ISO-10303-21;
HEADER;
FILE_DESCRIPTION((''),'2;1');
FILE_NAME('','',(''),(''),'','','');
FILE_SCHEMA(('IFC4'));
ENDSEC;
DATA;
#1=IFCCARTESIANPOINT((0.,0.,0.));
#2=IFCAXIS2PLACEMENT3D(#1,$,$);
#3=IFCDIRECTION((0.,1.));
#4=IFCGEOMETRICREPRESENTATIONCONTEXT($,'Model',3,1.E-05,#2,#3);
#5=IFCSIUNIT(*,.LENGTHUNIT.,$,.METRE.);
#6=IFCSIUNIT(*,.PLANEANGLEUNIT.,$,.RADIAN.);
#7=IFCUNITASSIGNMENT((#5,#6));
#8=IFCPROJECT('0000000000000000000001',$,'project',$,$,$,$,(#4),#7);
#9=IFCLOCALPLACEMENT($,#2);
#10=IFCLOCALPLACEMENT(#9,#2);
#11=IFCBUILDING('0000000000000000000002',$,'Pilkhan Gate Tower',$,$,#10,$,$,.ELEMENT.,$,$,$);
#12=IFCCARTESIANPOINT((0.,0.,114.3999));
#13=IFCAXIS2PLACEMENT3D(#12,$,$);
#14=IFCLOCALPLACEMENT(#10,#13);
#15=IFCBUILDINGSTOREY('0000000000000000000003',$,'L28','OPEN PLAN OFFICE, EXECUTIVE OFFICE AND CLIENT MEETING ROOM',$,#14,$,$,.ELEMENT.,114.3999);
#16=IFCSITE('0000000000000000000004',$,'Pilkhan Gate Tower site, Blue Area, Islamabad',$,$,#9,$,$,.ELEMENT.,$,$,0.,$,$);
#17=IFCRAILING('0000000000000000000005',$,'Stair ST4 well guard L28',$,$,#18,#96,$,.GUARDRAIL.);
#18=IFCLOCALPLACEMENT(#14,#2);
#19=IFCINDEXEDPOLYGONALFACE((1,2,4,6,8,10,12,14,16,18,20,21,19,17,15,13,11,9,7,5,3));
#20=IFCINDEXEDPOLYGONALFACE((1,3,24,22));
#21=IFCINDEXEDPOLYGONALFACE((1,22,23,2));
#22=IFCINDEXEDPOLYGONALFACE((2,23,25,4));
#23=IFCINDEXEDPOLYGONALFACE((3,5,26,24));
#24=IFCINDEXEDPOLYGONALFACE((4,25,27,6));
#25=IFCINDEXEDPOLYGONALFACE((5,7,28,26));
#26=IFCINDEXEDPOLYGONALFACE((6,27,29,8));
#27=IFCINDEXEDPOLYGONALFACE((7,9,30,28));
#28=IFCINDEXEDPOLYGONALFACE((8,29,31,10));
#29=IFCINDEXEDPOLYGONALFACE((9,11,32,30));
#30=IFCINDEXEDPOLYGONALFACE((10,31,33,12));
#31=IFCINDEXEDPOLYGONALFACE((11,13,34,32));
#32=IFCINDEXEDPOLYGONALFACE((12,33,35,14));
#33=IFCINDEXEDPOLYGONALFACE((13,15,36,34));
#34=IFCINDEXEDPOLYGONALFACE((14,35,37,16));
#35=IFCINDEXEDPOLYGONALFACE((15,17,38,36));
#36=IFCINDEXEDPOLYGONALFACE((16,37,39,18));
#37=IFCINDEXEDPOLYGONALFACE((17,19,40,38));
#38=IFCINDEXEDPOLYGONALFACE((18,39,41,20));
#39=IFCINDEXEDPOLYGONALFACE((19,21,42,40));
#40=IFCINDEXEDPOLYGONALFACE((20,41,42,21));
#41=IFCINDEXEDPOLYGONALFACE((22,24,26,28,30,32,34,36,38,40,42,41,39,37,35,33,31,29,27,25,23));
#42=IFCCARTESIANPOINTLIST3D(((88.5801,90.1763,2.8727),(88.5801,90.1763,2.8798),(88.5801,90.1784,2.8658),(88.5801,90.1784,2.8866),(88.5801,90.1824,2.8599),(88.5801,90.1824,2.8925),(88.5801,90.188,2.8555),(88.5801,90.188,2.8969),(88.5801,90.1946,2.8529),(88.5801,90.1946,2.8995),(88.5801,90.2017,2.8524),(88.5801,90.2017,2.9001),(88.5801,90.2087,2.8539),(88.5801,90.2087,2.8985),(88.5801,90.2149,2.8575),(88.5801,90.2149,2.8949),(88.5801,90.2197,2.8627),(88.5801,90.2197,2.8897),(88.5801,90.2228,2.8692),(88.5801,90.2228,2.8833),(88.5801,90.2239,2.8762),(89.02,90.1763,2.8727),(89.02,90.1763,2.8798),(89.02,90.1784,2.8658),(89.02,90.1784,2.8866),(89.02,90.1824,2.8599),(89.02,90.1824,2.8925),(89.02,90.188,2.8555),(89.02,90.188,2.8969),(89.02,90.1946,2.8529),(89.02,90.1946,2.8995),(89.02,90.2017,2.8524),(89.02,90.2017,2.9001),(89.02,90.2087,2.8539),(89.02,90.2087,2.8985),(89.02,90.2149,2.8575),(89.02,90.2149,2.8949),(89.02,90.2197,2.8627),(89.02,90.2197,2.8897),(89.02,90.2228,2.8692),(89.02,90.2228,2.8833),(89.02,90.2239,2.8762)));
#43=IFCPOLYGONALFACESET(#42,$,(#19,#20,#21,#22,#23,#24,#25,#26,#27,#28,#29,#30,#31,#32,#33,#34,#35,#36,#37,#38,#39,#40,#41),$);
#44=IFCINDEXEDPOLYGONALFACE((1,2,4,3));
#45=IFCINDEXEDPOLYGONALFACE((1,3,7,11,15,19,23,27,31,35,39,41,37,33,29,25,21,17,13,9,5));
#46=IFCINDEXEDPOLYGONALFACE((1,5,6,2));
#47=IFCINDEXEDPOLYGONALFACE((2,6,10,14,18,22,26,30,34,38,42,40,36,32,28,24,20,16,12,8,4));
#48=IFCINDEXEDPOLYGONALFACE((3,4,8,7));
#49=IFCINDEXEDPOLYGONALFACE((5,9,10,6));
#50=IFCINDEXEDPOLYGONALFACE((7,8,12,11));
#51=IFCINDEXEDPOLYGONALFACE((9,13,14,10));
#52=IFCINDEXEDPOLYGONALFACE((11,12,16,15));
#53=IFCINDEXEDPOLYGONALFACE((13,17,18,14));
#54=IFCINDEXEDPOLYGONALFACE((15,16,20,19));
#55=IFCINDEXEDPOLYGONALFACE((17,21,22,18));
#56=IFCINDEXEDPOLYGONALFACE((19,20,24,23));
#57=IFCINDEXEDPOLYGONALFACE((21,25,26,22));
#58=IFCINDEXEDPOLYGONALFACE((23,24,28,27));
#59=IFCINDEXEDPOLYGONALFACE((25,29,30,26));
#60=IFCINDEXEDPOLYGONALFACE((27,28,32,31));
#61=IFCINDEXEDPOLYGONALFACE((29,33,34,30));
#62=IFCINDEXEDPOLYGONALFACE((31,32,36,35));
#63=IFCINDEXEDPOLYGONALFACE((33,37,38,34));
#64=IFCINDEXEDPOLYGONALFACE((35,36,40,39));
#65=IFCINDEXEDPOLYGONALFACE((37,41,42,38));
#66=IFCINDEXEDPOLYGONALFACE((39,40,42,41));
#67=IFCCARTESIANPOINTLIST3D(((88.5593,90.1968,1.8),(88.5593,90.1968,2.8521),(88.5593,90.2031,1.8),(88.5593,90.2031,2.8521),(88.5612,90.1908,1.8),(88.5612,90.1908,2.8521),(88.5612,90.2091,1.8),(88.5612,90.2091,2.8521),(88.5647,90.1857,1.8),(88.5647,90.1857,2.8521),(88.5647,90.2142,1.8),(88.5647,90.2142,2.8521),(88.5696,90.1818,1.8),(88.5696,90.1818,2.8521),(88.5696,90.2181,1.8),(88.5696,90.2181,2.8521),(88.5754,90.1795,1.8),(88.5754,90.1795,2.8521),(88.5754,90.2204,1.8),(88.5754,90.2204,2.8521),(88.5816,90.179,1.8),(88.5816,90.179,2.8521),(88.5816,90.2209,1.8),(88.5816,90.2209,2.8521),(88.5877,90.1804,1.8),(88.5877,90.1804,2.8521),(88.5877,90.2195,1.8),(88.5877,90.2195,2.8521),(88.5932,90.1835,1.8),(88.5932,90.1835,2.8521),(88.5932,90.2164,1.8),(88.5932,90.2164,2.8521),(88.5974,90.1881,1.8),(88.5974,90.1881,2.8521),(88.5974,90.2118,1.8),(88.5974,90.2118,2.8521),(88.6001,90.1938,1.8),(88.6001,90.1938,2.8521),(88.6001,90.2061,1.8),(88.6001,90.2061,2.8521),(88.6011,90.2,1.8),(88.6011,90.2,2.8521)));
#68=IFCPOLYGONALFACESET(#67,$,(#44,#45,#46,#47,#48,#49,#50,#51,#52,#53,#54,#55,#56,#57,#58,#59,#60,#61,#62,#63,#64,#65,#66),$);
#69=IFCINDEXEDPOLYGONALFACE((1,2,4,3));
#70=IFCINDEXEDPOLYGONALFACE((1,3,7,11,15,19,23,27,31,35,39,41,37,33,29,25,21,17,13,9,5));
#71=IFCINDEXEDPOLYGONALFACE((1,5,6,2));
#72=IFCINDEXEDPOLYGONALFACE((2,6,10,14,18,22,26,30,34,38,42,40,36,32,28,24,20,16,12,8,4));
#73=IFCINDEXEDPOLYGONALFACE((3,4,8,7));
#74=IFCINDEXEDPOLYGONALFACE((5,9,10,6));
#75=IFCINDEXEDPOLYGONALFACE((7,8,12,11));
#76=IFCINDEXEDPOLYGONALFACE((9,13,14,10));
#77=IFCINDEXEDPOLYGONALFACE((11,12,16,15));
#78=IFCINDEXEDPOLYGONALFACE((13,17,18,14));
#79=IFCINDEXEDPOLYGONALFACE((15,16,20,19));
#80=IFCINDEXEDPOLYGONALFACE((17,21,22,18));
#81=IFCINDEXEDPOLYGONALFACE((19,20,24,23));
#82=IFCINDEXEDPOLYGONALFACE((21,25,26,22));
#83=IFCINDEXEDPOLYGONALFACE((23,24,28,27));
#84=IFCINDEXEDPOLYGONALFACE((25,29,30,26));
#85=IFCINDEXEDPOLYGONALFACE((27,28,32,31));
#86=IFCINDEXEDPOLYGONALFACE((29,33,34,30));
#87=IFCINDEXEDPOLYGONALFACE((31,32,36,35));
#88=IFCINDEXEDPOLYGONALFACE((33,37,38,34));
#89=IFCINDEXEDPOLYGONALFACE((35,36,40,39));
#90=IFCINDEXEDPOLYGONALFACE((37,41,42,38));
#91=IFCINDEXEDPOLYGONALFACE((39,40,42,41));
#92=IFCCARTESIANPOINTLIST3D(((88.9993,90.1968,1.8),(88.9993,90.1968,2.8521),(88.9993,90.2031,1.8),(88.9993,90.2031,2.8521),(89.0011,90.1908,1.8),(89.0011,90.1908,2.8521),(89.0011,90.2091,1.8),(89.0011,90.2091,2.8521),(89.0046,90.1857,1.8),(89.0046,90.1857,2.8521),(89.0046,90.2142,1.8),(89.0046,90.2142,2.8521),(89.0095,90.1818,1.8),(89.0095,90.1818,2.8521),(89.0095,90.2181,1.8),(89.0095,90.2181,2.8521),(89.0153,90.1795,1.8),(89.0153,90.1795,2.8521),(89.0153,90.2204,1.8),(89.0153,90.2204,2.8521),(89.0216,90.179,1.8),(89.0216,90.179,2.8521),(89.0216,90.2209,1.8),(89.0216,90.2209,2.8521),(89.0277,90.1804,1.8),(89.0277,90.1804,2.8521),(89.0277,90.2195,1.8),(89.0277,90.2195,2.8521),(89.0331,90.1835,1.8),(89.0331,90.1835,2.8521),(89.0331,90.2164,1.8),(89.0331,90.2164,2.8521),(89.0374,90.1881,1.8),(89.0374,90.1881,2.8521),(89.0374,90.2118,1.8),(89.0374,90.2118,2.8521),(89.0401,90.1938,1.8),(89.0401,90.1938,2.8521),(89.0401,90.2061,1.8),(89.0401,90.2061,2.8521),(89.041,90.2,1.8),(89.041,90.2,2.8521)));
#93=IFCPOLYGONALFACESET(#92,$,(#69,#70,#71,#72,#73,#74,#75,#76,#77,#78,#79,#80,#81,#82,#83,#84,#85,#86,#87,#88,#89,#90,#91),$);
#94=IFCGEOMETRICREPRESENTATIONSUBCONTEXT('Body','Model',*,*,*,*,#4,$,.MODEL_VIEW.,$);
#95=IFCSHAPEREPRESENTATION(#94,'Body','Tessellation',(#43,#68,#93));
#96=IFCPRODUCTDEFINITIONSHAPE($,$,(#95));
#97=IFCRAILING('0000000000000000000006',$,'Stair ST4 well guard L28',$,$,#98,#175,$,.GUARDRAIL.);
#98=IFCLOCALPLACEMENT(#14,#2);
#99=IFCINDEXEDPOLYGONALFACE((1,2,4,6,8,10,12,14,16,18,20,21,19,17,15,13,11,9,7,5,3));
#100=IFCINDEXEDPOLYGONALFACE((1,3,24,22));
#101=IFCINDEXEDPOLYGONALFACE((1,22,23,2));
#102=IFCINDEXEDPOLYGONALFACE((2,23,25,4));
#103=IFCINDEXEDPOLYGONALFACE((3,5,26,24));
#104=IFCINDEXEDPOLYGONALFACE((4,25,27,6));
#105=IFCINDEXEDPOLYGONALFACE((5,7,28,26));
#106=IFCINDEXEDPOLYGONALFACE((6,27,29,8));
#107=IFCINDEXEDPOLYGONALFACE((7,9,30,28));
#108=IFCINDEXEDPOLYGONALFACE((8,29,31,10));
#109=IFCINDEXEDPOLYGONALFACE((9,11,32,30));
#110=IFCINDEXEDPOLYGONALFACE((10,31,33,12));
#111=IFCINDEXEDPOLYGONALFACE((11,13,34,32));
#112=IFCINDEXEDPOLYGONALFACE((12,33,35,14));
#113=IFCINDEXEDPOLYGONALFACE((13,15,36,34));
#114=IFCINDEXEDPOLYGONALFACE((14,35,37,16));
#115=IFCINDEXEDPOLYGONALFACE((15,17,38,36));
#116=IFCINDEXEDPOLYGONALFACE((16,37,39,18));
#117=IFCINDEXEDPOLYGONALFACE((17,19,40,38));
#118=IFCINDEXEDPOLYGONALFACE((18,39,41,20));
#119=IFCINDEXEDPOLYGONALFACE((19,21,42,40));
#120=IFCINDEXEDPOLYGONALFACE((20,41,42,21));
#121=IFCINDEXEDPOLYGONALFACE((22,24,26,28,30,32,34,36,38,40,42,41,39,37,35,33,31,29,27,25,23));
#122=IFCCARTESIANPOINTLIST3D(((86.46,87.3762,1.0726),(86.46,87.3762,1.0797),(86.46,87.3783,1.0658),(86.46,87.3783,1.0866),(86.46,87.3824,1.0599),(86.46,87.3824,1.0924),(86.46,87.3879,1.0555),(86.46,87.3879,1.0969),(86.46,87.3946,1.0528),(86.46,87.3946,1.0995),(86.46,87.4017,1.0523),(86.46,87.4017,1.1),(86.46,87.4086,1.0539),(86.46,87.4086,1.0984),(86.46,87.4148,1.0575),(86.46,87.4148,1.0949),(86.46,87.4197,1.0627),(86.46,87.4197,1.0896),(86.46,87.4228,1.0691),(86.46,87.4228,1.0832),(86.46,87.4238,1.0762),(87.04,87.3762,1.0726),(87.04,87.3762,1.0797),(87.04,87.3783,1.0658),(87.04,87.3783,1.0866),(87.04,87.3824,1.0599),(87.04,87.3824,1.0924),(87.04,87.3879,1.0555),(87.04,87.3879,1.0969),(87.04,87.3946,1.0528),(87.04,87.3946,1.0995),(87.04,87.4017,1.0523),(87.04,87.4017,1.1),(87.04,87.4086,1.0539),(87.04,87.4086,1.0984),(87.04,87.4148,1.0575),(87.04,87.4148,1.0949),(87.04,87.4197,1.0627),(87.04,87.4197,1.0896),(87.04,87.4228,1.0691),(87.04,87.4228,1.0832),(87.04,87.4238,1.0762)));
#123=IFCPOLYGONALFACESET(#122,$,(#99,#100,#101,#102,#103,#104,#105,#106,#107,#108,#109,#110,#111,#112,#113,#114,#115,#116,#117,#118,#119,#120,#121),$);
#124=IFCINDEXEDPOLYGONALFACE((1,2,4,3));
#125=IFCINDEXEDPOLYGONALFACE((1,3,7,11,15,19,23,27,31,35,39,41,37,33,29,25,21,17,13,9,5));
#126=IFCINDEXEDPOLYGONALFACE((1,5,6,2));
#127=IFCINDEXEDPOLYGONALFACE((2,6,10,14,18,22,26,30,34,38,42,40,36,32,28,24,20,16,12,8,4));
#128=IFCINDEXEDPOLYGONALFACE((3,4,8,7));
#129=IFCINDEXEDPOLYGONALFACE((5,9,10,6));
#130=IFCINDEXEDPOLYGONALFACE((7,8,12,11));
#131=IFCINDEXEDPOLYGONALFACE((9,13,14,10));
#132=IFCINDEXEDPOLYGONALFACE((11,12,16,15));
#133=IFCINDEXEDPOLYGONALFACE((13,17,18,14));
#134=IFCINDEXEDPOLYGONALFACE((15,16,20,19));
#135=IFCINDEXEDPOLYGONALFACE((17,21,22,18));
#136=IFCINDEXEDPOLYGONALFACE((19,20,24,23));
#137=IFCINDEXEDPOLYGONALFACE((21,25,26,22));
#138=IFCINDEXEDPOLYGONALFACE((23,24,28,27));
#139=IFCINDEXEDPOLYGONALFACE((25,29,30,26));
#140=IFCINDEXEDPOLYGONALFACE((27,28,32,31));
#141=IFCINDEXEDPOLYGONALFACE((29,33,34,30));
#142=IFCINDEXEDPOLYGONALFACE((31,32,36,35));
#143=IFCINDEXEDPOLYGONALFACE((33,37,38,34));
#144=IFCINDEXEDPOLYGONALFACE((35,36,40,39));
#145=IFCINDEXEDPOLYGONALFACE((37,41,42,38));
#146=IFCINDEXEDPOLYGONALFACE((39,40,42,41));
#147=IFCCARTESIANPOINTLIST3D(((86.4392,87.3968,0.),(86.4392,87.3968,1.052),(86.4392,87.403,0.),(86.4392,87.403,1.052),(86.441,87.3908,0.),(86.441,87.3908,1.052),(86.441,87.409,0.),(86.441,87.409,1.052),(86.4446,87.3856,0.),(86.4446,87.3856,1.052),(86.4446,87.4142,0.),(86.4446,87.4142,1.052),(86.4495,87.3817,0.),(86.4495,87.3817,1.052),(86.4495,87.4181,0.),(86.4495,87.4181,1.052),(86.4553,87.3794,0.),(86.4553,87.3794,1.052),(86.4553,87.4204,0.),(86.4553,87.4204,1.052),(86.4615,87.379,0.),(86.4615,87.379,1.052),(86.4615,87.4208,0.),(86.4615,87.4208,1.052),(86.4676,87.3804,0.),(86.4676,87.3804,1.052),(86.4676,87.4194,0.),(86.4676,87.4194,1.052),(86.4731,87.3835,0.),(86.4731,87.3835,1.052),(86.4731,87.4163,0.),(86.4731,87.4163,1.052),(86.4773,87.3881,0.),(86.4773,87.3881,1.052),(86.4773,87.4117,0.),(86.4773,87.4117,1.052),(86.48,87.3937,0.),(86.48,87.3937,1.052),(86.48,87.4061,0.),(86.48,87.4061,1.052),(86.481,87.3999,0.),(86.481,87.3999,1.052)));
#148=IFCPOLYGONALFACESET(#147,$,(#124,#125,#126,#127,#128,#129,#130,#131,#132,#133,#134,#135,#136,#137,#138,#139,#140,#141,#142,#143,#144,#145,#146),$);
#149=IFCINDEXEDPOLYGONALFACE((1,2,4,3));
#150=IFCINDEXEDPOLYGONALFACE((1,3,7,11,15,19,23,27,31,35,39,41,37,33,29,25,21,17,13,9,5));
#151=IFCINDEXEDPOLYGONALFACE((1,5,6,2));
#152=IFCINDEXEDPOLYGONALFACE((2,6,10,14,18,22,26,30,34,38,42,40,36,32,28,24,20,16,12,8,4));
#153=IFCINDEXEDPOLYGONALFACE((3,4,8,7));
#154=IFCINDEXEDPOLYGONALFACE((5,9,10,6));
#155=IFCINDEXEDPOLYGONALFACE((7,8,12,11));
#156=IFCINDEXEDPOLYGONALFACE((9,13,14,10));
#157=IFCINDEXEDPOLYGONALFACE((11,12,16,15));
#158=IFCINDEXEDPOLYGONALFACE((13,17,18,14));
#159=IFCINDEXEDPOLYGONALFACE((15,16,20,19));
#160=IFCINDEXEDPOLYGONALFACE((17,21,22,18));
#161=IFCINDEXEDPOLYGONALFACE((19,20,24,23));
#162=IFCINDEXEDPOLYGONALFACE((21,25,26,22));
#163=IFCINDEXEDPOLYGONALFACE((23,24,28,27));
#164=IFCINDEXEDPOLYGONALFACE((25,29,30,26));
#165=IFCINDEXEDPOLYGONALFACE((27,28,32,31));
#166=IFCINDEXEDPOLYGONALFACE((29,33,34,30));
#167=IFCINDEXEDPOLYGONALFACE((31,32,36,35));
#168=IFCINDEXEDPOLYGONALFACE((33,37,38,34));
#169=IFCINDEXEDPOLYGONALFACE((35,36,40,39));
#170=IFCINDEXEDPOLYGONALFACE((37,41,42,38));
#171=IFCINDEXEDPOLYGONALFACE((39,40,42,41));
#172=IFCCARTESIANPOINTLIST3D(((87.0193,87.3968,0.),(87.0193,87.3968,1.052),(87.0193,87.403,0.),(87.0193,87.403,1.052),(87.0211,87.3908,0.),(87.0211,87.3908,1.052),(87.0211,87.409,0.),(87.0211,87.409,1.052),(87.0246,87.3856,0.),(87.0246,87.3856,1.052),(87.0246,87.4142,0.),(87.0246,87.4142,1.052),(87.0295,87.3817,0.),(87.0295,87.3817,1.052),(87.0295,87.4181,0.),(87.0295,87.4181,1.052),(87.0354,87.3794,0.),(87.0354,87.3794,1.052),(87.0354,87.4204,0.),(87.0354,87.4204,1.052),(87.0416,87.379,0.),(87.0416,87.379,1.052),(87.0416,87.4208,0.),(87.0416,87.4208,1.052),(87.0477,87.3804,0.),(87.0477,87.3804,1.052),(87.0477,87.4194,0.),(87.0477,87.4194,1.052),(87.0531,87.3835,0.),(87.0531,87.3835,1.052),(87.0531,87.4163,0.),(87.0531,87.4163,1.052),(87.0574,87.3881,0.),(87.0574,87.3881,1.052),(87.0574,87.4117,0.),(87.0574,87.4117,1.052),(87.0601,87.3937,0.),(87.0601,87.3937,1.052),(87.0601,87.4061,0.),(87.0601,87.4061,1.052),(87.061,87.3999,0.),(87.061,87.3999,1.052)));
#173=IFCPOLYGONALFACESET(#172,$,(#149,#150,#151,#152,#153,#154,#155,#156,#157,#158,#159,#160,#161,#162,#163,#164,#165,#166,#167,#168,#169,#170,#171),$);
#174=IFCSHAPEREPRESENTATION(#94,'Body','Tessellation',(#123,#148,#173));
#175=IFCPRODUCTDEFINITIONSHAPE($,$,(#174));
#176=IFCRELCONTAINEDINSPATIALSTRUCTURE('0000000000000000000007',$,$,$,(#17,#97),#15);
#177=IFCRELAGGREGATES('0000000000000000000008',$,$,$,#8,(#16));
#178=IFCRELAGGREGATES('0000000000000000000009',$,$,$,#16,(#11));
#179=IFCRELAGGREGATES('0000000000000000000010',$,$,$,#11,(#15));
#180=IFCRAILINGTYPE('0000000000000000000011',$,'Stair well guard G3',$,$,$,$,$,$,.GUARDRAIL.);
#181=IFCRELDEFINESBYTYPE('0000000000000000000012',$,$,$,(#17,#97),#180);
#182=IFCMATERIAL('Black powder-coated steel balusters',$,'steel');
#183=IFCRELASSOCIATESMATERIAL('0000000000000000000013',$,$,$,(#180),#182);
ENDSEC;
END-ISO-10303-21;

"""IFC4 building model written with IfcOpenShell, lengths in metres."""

from ifc_helpers import new_model, si_unit, direction, frame, origin, origin_2d, place, context, subcontext, project, spatial, circle, extrude, material, type_object, element, save


model = new_model("IFC4")

# Units and contexts
model_context = context("Model", 3, precision=1e-05, world=origin(), true_north=direction((0.0, 1.0)))
body_context = subcontext(model_context, "Body", "Model", "MODEL_VIEW")
ifc_project = project(units=[si_unit("LENGTHUNIT", "METRE"), si_unit("PLANEANGLEUNIT", "RADIAN")], contexts=[model_context])

# Site, building, storey
site_placement = place(None, origin())
site = spatial("IfcSite", under=ifc_project, at=site_placement, Name="Pilkhan Gate Tower site, Blue Area, Islamabad", CompositionType="ELEMENT", RefElevation=0.0)
building_placement = place(site_placement, origin())
building = spatial("IfcBuilding", under=site, at=building_placement, Name="Pilkhan Gate Tower", CompositionType="ELEMENT")
storey_placement = place(building_placement, frame((0.0, 0.0, 114.3999)))
storey = spatial("IfcBuildingStorey", under=building, at=storey_placement, Name="L28", Description="OPEN PLAN OFFICE, EXECUTIVE OFFICE AND CLIENT MEETING ROOM", CompositionType="ELEMENT", Elevation=114.3999)

# Railings
ifc_material_1 = material(Name="Black powder-coated steel balusters", Category="steel")
railing_type_1 = type_object("IfcRailingType", Name="Stair well guard G3", PredefinedType="GUARDRAIL", material=ifc_material_1)
railing_1_placement = place(storey_placement, frame((88.5801, 90.2, 1.8)))
element("IfcRailing", 1, at=railing_1_placement, inside=storey, type_object=railing_type_1, Name="Stair ST4 well guard L28", PredefinedType="GUARDRAIL", context=body_context, shape_type="SweptSolid", body=[
    extrude(circle(Radius=0.0239, at=origin_2d()), frame((0.0, 0.0, 1.0762), z_axis=(1.0, 0.0, 0.0), x_axis=(0.0, 1.0, 0.0)), (0.0, 0.0, 1.0), 0.4399),
    extrude(circle(Radius=0.021, at=origin_2d()), origin(), (0.0, 0.0, 1.0), 1.052),
    extrude(circle(Radius=0.021, at=origin_2d()), frame((0.4399, 0.0, 0.0)), (0.0, 0.0, 1.0), 1.052),
])
for number, where, name in (
    (2, (86.46, 87.3999, 0.0), "Stair ST4 well guard L28"),
):
    element("IfcRailing", number, at=place(storey_placement, frame(where)), inside=storey, type_object=railing_type_1, Name=name, PredefinedType="GUARDRAIL", context=body_context, shape_type="SweptSolid", body=[
        extrude(circle(Radius=0.0239, at=origin_2d()), frame((0.0, 0.0, 1.0762), z_axis=(1.0, 0.0, 0.0), x_axis=(0.0, 1.0, 0.0)), (0.0, 0.0, 1.0), 0.5801),
        extrude(circle(Radius=0.021, at=origin_2d()), origin(), (0.0, 0.0, 1.0), 1.052),
        extrude(circle(Radius=0.021, at=origin_2d()), frame((0.5801, 0.0, 0.0)), (0.0, 0.0, 1.0), 1.052),
    ])

save(model, "model.ifc")
